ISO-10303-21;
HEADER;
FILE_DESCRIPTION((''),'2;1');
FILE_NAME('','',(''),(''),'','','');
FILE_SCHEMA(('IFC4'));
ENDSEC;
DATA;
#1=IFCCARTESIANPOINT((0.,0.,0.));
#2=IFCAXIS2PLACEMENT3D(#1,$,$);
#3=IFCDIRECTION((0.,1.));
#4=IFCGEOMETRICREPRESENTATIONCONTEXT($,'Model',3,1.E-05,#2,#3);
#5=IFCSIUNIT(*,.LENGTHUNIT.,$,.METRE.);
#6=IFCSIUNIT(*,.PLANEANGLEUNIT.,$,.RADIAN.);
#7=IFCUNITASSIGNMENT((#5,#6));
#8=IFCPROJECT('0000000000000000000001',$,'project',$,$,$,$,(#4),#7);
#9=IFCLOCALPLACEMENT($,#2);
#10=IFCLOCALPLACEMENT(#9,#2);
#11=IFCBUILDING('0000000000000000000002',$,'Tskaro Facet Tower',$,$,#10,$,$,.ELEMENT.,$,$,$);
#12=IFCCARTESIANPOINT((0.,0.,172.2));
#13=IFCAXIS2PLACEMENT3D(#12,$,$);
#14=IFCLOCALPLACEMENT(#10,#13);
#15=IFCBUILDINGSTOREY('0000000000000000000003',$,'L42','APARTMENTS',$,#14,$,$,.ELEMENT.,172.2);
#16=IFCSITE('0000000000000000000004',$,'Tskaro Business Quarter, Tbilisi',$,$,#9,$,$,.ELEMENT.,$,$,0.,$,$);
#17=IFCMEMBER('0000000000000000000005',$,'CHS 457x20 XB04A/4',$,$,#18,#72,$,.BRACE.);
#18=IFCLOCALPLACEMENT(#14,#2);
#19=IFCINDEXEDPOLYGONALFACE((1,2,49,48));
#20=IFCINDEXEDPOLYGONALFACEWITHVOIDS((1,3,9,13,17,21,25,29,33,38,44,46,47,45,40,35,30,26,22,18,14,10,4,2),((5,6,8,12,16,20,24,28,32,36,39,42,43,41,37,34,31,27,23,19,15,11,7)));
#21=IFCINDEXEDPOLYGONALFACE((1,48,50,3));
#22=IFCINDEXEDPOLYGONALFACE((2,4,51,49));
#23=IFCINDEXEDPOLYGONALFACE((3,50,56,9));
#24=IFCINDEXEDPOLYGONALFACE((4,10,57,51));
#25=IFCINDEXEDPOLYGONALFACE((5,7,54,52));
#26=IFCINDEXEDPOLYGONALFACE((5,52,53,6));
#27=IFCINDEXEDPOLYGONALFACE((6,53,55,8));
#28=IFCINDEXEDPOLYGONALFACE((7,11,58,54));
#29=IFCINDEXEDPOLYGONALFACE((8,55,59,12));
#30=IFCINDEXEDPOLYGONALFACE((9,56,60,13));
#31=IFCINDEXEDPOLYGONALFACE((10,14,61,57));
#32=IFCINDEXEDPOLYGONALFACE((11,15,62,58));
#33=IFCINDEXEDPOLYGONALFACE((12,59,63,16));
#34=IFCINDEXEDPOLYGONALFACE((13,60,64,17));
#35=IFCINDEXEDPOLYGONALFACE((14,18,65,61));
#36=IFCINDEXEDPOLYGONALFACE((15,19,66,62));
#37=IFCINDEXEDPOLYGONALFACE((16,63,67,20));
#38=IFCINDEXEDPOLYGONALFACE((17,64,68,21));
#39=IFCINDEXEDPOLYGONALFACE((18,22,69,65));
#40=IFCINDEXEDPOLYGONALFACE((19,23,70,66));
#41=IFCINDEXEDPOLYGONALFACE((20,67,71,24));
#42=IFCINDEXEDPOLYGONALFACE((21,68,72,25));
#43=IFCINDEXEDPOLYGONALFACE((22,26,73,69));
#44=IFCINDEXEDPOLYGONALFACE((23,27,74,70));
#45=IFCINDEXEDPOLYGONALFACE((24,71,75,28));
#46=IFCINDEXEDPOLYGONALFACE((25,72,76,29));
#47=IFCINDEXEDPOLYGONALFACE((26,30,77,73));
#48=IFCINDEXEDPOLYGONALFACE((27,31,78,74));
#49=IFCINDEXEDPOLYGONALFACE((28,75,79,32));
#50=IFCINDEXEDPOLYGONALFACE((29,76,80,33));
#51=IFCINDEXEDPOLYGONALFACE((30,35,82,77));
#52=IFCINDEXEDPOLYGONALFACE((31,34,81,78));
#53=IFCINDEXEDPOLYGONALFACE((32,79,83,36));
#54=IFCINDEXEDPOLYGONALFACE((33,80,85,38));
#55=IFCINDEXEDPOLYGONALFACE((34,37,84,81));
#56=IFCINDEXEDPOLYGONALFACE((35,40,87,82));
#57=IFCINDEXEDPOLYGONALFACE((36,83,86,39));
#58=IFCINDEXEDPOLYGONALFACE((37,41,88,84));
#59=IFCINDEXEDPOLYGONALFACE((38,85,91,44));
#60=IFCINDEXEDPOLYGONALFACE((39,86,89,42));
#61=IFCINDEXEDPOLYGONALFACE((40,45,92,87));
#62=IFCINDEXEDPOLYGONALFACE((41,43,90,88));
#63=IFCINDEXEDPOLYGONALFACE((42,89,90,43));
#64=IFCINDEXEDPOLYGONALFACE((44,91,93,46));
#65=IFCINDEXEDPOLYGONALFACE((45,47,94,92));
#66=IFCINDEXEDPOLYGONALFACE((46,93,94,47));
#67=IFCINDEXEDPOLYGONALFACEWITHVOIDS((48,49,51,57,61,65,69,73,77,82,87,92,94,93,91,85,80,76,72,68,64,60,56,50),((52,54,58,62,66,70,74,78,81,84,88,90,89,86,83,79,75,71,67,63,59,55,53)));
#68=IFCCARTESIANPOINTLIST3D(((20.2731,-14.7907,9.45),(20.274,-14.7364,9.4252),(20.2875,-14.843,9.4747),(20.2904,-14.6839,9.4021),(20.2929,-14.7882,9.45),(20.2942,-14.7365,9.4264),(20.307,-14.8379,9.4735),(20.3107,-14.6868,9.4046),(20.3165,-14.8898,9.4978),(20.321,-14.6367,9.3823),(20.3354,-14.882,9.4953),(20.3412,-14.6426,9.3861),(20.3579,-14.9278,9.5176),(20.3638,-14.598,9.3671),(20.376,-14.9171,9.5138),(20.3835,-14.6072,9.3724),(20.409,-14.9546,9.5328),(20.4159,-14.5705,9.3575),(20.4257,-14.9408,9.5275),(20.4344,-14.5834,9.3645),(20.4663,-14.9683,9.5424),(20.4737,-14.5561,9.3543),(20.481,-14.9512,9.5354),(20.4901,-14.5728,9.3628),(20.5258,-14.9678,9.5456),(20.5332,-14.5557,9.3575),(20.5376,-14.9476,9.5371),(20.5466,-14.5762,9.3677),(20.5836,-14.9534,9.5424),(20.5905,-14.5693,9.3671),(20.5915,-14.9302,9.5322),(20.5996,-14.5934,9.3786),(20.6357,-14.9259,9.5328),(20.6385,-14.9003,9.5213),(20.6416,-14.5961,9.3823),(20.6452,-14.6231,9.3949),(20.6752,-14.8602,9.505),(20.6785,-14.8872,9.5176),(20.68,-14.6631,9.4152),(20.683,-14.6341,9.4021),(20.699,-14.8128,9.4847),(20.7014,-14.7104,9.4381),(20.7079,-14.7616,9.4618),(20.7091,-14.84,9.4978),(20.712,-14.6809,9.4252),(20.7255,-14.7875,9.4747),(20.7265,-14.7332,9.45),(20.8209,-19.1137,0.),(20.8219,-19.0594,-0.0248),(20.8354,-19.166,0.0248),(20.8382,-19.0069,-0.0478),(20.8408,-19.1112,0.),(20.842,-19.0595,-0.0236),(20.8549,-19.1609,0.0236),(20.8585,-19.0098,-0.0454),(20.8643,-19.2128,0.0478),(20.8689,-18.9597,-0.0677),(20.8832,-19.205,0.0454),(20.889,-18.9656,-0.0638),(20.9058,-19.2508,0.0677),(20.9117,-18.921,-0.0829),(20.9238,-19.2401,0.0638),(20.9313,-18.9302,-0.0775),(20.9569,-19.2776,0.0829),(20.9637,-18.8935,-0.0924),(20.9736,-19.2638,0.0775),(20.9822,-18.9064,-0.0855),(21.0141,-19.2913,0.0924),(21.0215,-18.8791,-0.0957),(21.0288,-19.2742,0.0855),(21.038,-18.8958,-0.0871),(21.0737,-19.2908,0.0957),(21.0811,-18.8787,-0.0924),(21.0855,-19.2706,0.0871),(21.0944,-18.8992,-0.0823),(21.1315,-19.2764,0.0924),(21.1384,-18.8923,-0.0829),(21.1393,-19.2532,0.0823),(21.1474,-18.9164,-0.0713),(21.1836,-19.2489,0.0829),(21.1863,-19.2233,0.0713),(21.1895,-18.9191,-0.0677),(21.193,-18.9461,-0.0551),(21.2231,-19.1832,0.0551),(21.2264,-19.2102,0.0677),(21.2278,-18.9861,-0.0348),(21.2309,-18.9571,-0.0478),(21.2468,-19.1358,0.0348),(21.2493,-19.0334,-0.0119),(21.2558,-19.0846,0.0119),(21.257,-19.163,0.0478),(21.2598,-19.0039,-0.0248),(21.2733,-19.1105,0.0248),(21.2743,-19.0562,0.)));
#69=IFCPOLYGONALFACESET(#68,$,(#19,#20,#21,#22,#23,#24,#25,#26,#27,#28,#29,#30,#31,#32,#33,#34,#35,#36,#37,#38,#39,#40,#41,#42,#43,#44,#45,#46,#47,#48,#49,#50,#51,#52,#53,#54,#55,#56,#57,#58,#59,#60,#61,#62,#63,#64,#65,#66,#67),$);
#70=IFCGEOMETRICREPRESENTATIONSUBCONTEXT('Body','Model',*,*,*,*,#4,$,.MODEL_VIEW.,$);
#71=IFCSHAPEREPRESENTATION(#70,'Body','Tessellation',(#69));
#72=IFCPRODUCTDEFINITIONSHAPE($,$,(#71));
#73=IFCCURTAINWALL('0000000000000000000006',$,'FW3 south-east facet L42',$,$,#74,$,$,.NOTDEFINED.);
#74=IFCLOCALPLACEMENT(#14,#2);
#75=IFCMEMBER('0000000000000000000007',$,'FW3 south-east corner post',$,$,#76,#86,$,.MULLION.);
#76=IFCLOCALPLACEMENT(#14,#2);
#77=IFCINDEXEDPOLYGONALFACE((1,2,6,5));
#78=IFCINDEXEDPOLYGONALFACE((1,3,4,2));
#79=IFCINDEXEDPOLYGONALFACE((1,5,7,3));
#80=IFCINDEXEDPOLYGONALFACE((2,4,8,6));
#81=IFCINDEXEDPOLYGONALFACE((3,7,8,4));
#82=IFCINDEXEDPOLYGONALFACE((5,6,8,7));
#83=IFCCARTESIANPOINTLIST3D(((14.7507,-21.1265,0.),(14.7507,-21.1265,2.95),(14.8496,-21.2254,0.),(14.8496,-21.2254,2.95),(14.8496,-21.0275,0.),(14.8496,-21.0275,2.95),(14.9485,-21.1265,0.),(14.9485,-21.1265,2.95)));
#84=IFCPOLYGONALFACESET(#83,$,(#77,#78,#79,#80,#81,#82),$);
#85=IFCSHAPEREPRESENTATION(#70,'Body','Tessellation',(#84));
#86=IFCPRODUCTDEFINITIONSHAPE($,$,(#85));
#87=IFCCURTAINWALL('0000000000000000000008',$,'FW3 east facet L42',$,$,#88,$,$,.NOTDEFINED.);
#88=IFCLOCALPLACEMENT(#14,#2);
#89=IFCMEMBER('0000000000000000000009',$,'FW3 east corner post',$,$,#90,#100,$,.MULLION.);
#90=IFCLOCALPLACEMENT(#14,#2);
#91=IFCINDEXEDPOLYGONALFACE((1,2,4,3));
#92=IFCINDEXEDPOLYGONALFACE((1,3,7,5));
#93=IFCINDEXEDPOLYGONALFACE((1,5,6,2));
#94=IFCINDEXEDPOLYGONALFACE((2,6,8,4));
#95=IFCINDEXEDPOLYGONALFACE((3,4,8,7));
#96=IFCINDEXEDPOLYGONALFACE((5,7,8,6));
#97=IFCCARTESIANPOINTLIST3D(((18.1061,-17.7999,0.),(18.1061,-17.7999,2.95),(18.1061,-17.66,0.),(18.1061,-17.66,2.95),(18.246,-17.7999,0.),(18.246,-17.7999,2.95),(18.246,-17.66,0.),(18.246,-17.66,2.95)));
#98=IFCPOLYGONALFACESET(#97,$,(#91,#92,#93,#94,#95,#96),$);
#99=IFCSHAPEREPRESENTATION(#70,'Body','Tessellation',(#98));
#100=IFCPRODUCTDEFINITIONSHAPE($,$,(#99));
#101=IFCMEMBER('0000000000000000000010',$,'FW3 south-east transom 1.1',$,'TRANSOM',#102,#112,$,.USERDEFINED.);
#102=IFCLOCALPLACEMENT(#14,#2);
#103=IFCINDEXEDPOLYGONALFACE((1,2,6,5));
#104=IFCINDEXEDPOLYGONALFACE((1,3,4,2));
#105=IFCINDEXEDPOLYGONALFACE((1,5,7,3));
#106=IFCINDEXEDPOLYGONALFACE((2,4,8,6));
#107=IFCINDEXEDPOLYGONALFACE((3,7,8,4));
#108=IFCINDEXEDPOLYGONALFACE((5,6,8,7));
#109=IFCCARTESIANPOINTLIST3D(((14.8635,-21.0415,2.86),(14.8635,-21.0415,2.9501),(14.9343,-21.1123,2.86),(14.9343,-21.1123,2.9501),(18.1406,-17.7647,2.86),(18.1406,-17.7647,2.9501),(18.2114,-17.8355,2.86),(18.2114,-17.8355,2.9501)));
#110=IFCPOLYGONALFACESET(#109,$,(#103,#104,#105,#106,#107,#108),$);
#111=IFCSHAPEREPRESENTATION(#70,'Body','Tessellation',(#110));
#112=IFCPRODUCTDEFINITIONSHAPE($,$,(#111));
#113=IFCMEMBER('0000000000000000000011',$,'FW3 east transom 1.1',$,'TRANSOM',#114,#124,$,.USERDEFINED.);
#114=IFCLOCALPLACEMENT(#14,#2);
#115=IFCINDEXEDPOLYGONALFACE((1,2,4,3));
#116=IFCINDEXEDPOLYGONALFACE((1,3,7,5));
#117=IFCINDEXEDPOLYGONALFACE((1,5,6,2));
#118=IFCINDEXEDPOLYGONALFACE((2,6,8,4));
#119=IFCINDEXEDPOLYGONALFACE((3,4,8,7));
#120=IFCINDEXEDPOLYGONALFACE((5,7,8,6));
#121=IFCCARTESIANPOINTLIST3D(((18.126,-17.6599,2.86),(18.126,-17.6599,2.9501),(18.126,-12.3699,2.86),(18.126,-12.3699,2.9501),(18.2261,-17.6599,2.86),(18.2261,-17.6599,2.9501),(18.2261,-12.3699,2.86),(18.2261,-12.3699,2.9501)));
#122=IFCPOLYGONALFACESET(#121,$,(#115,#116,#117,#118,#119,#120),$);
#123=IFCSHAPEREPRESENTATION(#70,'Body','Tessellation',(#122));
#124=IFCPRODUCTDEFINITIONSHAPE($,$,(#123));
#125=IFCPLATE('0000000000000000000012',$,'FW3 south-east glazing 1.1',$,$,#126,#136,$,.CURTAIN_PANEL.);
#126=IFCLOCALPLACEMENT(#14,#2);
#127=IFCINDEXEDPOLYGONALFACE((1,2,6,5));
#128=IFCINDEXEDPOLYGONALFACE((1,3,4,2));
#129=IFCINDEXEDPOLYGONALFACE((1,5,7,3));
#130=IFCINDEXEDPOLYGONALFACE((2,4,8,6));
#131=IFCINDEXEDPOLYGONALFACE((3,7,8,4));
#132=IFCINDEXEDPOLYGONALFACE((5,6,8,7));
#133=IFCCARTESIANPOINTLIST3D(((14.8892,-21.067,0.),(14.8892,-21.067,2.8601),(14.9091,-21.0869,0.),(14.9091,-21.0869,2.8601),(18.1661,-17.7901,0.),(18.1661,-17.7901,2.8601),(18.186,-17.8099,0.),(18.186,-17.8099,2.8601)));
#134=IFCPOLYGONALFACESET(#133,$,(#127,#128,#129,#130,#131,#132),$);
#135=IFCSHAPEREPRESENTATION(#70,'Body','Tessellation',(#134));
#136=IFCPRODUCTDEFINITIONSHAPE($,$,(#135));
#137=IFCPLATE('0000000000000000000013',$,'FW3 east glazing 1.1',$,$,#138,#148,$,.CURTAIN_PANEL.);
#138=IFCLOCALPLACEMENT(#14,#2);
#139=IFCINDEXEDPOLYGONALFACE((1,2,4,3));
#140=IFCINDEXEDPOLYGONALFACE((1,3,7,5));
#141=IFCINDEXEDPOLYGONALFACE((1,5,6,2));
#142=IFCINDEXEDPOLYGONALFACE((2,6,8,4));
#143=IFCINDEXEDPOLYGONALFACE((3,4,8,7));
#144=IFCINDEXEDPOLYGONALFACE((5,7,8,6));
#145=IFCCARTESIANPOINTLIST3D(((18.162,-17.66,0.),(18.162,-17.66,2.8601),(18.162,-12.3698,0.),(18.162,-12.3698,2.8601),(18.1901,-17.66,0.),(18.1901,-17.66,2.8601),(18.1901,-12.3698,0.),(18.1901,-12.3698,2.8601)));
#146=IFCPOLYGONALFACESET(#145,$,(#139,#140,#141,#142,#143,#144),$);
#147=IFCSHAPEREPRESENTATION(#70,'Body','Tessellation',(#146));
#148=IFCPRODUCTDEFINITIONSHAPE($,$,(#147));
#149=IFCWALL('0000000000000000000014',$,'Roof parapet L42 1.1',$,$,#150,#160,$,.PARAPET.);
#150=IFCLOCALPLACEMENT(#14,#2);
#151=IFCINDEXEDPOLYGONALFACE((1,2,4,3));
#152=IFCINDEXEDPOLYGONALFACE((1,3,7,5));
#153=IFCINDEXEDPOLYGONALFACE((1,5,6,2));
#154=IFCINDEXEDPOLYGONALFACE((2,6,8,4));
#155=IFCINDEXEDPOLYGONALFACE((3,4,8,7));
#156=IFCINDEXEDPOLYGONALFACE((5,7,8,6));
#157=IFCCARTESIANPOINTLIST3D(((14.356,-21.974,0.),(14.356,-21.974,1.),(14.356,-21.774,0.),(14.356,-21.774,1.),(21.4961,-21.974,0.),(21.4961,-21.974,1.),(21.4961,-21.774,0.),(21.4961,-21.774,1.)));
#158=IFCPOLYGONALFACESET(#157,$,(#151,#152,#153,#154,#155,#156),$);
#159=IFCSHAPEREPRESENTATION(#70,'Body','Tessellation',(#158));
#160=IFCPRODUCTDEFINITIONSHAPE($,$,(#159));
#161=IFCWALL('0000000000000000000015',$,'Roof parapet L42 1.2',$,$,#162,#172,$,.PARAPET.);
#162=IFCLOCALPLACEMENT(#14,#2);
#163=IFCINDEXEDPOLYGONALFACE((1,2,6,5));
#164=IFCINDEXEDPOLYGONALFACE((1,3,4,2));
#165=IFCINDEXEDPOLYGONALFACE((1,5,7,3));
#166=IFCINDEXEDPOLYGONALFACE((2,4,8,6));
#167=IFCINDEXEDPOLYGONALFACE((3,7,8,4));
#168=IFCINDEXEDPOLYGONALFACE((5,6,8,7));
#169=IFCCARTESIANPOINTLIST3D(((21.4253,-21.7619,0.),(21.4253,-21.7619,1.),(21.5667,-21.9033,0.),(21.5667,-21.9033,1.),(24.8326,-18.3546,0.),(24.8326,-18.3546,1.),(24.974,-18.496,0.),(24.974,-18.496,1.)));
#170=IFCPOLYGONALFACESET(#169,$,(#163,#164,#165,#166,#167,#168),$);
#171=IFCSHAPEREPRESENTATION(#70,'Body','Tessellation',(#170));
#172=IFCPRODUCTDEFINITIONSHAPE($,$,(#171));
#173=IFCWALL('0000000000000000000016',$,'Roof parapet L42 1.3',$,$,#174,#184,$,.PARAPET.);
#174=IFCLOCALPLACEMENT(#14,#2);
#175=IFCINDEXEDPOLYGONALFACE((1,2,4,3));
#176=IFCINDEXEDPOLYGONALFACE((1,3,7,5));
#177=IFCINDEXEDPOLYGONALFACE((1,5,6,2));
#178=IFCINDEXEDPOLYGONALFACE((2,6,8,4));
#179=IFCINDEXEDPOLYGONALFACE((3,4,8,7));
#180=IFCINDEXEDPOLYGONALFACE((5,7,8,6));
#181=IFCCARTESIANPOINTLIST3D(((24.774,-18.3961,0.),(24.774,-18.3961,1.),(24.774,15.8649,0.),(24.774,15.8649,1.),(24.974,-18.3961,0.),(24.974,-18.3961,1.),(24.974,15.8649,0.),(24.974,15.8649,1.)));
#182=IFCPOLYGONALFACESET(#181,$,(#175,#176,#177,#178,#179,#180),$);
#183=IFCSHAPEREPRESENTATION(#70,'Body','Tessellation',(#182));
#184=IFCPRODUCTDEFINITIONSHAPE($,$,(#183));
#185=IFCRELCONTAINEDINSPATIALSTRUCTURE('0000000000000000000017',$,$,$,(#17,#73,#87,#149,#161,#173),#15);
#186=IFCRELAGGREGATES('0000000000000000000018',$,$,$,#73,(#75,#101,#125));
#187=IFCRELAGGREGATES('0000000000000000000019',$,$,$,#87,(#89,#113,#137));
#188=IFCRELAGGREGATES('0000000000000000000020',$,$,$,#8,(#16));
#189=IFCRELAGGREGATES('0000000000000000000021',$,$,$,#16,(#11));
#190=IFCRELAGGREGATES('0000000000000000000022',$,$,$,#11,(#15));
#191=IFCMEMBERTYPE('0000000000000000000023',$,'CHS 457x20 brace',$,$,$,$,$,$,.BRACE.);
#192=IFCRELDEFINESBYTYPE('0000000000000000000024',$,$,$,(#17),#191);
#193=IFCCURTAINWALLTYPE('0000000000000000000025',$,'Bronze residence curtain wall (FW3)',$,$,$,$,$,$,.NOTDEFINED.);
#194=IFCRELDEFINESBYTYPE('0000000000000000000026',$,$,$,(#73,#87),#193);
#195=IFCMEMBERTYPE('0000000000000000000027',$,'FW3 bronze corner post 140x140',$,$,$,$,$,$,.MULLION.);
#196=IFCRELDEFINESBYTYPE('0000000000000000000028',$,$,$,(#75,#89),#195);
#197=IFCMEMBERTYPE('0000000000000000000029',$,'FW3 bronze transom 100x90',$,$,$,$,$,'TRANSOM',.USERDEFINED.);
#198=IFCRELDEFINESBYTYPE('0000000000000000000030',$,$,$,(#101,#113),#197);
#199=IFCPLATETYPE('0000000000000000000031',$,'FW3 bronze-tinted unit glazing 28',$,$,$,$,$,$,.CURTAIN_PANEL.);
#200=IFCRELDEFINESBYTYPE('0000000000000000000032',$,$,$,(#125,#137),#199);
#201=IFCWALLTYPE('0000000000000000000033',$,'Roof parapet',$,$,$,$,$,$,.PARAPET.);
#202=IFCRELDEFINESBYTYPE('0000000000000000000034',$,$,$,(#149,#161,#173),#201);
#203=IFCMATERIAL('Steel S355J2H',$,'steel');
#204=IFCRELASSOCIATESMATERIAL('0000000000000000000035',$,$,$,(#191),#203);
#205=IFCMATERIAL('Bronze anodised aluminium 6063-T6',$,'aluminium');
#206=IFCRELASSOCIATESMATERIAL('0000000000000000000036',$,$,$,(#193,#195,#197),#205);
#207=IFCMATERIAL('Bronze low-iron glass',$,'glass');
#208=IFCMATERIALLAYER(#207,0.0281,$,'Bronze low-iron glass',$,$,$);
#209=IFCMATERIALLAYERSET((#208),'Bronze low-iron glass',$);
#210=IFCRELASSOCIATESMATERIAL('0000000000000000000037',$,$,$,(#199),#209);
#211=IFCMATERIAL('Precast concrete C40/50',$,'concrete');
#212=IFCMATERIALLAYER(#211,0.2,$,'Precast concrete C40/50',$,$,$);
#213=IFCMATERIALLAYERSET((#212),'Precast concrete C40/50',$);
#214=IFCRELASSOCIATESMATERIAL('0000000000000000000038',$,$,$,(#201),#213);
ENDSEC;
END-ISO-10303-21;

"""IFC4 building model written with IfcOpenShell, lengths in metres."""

from ifc_helpers import new_model, si_unit, direction, frame, frame_2d, origin, origin_2d, place, context, subcontext, project, spatial, rectangle, hollow_circle, extrude, material, layer, layer_set, material_profile, profile_set, type_object, element, aggregate, save


model = new_model("IFC4")

# Units and contexts
model_context = context("Model", 3, precision=1e-05, world=origin(), true_north=direction((0.0, 1.0)))
body_context = subcontext(model_context, "Body", "Model", "MODEL_VIEW")
ifc_project = project(units=[si_unit("LENGTHUNIT", "METRE"), si_unit("PLANEANGLEUNIT", "RADIAN")], contexts=[model_context])

# Site, building, storey
site_placement = place(None, origin())
site = spatial("IfcSite", under=ifc_project, at=site_placement, Name="Tskaro Business Quarter, Tbilisi", CompositionType="ELEMENT", RefElevation=0.0)
building_placement = place(site_placement, origin())
building = spatial("IfcBuilding", under=site, at=building_placement, Name="Tskaro Facet Tower", CompositionType="ELEMENT")
storey_placement = place(building_placement, frame((0.0, 0.0, 172.2)))
storey = spatial("IfcBuildingStorey", under=building, at=storey_placement, Name="L42", Description="APARTMENTS", CompositionType="ELEMENT", Elevation=172.2)

# Shared definitions
ifc_material_1 = material(Name="Steel S355J2H", Category="steel")

# Member
ifc_material_profile_1 = material_profile(ifc_material_1, hollow_circle(Radius=0.2285, WallThickness=0.02, at=origin_2d()), Name="CHS 457x20")
ifc_profile_set_1 = profile_set([ifc_material_profile_1], Name="Steel S355J2H")
member_type_1 = type_object("IfcMemberType", Name="CHS 457x20 brace", PredefinedType="BRACE", material=ifc_profile_set_1)
member_1_placement = place(storey_placement, frame((21.0476, -19.085, 0.0), z_axis=(-0.052646, 0.415423, 0.908103), x_axis=(-0.992065, -0.125724, 0.0)))
element("IfcMember", 1, at=member_1_placement, inside=storey, type_object=member_type_1, Name="CHS 457x20 XB04A/4", PredefinedType="BRACE", context=body_context, shape_type="SweptSolid", body=[
    extrude(hollow_circle(Radius=0.2285, WallThickness=0.02, at=origin_2d()), origin(), (0.0, 0.0, 1.0), 10.4062),
])

# Curtain walls, members
ifc_material_2 = material(Name="Bronze anodised aluminium 6063-T6", Category="aluminium")
curtain_wall_type = type_object("IfcCurtainWallType", Name="Bronze residence curtain wall (FW3)", PredefinedType="NOTDEFINED", material=ifc_material_2)
curtain_wall_1_placement = place(storey_placement, origin())
curtain_wall_1 = element("IfcCurtainWall", 2, at=curtain_wall_1_placement, inside=storey, type_object=curtain_wall_type, Name="FW3 south-east facet L42", PredefinedType="NOTDEFINED")
ifc_material_profile_2 = material_profile(ifc_material_2, rectangle(XDim=0.1399, YDim=0.1399, at=origin_2d()), Name="Corner post 140x140")
ifc_profile_set_2 = profile_set([ifc_material_profile_2], Name="Bronze anodised aluminium 6063-T6")
member_type_2 = type_object("IfcMemberType", Name="FW3 bronze corner post 140x140", PredefinedType="MULLION", material=ifc_profile_set_2)
member_2_placement = place(storey_placement, frame((14.8496, -21.1265, 0.0), z_axis=(0.0, 0.0, 1.0), x_axis=(0.707107, 0.707107, 0.0)))
member_2 = element("IfcMember", 3, at=member_2_placement, type_object=member_type_2, Name="FW3 south-east corner post", PredefinedType="MULLION", context=body_context, shape_type="SweptSolid", body=[
    extrude(rectangle(XDim=0.1399, YDim=0.1399, at=origin_2d()), origin(), (0.0, 0.0, 1.0), 2.95),
])
curtain_wall_2_placement = place(storey_placement, origin())
curtain_wall_2 = element("IfcCurtainWall", 4, at=curtain_wall_2_placement, inside=storey, type_object=curtain_wall_type, Name="FW3 east facet L42", PredefinedType="NOTDEFINED")
member_3_placement = place(storey_placement, frame((18.176, -17.73, 0.0), z_axis=(0.0, 0.0, 1.0), x_axis=(0.0, 1.0, 0.0)))
member_3 = element("IfcMember", 5, at=member_3_placement, type_object=member_type_2, Name="FW3 east corner post", PredefinedType="MULLION", context=body_context, shape_type="SweptSolid", body=[
    extrude(rectangle(XDim=0.1399, YDim=0.1399, at=origin_2d()), origin(), (0.0, 0.0, 1.0), 2.95),
])

# Members
ifc_material_profile_3 = material_profile(ifc_material_2, rectangle(XDim=0.1001, YDim=0.0901, at=origin_2d()), Name="Transom 100x90")
ifc_profile_set_3 = profile_set([ifc_material_profile_3], Name="Bronze anodised aluminium 6063-T6")
member_type_3 = type_object("IfcMemberType", Name="FW3 bronze transom 100x90", ElementType="TRANSOM", PredefinedType="USERDEFINED", material=ifc_profile_set_3)
member_4_placement = place(storey_placement, frame((14.8989, -21.0769, 2.905), z_axis=(0.707133, 0.70708, 0.0), x_axis=(-0.70708, 0.707133, 0.0)))
member_4 = element("IfcMember", 6, at=member_4_placement, type_object=member_type_3, Name="FW3 south-east transom 1.1", ObjectType="TRANSOM", PredefinedType="USERDEFINED", context=body_context, shape_type="SweptSolid", body=[
    extrude(rectangle(XDim=0.1001, YDim=0.0901, at=origin_2d()), origin(), (0.0, 0.0, 1.0), 4.6343),
])
member_5_placement = place(storey_placement, frame((18.176, -17.6599, 2.905), z_axis=(0.0, 1.0, 0.0), x_axis=(-1.0, 0.0, 0.0)))
member_5 = element("IfcMember", 7, at=member_5_placement, type_object=member_type_3, Name="FW3 east transom 1.1", ObjectType="TRANSOM", PredefinedType="USERDEFINED", context=body_context, shape_type="SweptSolid", body=[
    extrude(rectangle(XDim=0.1001, YDim=0.0901, at=origin_2d()), origin(), (0.0, 0.0, 1.0), 5.29),
])

# Plates
ifc_material_3 = material(Name="Bronze low-iron glass", Category="glass")
ifc_layer_1 = layer(ifc_material_3, 0.0281, Name="Bronze low-iron glass")
ifc_layer_set_1 = layer_set([ifc_layer_1], Name="Bronze low-iron glass")
plate_type = type_object("IfcPlateType", Name="FW3 bronze-tinted unit glazing 28", PredefinedType="CURTAIN_PANEL", material=ifc_layer_set_1)
plate_1_placement = place(storey_placement, frame((16.5376, -19.4385, 0.0), z_axis=(0.0, 0.0, 1.0), x_axis=(0.707107, 0.707107, 0.0)))
plate_1 = element("IfcPlate", 8, at=plate_1_placement, type_object=plate_type, Name="FW3 south-east glazing 1.1", PredefinedType="CURTAIN_PANEL", context=body_context, shape_type="SweptSolid", body=[
    extrude(rectangle(XDim=4.6343, YDim=0.0281, at=origin_2d()), origin(), (0.0, 0.0, 1.0), 2.8601),
])
aggregate(curtain_wall_1, [member_2, member_4, plate_1])
plate_2_placement = place(storey_placement, frame((18.176, -15.0149, 0.0), z_axis=(0.0, 0.0, 1.0), x_axis=(0.0, 1.0, 0.0)))
plate_2 = element("IfcPlate", 9, at=plate_2_placement, type_object=plate_type, Name="FW3 east glazing 1.1", PredefinedType="CURTAIN_PANEL", context=body_context, shape_type="SweptSolid", body=[
    extrude(rectangle(XDim=5.2903, YDim=0.0281, at=origin_2d()), origin(), (0.0, 0.0, 1.0), 2.8601),
])
aggregate(curtain_wall_2, [member_3, member_5, plate_2])

# Walls
ifc_material_4 = material(Name="Precast concrete C40/50", Category="concrete")
ifc_layer_2 = layer(ifc_material_4, 0.2, Name="Precast concrete C40/50")
ifc_layer_set_2 = layer_set([ifc_layer_2], Name="Precast concrete C40/50")
wall_type = type_object("IfcWallType", Name="Roof parapet", PredefinedType="PARAPET", material=ifc_layer_set_2)
wall_1_placement = place(storey_placement, frame((14.356, -21.874, 0.0), z_axis=(0.0, 0.0, 1.0), x_axis=(1.0, 0.0, 0.0)))
element("IfcWall", 10, at=wall_1_placement, inside=storey, type_object=wall_type, Name="Roof parapet L42 1.1", PredefinedType="PARAPET", context=body_context, shape_type="SweptSolid", body=[
    extrude(rectangle(XDim=7.1401, YDim=0.2, at=frame_2d((3.5701, 0.0))), origin(), (0.0, 0.0, 1.0), 1.0),
])
wall_2_placement = place(storey_placement, frame((21.4961, -21.8325, 0.0), z_axis=(0.0, 0.0, 1.0), x_axis=(0.707107, 0.707107, 0.0)))
element("IfcWall", 11, at=wall_2_placement, inside=storey, type_object=wall_type, Name="Roof parapet L42 1.2", PredefinedType="PARAPET", context=body_context, shape_type="SweptSolid", body=[
    extrude(rectangle(XDim=4.8186, YDim=0.2, at=frame_2d((2.4092, 0.0))), origin(), (0.0, 0.0, 1.0), 1.0),
])
wall_3_placement = place(storey_placement, frame((24.874, -18.396, 0.0), z_axis=(0.0, 0.0, 1.0), x_axis=(0.0, 1.0, 0.0)))
element("IfcWall", 12, at=wall_3_placement, inside=storey, type_object=wall_type, Name="Roof parapet L42 1.3", PredefinedType="PARAPET", context=body_context, shape_type="SweptSolid", body=[
    extrude(rectangle(XDim=34.261, YDim=0.2, at=frame_2d((17.1304, 0.0))), origin(), (0.0, 0.0, 1.0), 1.0),
])

save(model, "model.ifc")
